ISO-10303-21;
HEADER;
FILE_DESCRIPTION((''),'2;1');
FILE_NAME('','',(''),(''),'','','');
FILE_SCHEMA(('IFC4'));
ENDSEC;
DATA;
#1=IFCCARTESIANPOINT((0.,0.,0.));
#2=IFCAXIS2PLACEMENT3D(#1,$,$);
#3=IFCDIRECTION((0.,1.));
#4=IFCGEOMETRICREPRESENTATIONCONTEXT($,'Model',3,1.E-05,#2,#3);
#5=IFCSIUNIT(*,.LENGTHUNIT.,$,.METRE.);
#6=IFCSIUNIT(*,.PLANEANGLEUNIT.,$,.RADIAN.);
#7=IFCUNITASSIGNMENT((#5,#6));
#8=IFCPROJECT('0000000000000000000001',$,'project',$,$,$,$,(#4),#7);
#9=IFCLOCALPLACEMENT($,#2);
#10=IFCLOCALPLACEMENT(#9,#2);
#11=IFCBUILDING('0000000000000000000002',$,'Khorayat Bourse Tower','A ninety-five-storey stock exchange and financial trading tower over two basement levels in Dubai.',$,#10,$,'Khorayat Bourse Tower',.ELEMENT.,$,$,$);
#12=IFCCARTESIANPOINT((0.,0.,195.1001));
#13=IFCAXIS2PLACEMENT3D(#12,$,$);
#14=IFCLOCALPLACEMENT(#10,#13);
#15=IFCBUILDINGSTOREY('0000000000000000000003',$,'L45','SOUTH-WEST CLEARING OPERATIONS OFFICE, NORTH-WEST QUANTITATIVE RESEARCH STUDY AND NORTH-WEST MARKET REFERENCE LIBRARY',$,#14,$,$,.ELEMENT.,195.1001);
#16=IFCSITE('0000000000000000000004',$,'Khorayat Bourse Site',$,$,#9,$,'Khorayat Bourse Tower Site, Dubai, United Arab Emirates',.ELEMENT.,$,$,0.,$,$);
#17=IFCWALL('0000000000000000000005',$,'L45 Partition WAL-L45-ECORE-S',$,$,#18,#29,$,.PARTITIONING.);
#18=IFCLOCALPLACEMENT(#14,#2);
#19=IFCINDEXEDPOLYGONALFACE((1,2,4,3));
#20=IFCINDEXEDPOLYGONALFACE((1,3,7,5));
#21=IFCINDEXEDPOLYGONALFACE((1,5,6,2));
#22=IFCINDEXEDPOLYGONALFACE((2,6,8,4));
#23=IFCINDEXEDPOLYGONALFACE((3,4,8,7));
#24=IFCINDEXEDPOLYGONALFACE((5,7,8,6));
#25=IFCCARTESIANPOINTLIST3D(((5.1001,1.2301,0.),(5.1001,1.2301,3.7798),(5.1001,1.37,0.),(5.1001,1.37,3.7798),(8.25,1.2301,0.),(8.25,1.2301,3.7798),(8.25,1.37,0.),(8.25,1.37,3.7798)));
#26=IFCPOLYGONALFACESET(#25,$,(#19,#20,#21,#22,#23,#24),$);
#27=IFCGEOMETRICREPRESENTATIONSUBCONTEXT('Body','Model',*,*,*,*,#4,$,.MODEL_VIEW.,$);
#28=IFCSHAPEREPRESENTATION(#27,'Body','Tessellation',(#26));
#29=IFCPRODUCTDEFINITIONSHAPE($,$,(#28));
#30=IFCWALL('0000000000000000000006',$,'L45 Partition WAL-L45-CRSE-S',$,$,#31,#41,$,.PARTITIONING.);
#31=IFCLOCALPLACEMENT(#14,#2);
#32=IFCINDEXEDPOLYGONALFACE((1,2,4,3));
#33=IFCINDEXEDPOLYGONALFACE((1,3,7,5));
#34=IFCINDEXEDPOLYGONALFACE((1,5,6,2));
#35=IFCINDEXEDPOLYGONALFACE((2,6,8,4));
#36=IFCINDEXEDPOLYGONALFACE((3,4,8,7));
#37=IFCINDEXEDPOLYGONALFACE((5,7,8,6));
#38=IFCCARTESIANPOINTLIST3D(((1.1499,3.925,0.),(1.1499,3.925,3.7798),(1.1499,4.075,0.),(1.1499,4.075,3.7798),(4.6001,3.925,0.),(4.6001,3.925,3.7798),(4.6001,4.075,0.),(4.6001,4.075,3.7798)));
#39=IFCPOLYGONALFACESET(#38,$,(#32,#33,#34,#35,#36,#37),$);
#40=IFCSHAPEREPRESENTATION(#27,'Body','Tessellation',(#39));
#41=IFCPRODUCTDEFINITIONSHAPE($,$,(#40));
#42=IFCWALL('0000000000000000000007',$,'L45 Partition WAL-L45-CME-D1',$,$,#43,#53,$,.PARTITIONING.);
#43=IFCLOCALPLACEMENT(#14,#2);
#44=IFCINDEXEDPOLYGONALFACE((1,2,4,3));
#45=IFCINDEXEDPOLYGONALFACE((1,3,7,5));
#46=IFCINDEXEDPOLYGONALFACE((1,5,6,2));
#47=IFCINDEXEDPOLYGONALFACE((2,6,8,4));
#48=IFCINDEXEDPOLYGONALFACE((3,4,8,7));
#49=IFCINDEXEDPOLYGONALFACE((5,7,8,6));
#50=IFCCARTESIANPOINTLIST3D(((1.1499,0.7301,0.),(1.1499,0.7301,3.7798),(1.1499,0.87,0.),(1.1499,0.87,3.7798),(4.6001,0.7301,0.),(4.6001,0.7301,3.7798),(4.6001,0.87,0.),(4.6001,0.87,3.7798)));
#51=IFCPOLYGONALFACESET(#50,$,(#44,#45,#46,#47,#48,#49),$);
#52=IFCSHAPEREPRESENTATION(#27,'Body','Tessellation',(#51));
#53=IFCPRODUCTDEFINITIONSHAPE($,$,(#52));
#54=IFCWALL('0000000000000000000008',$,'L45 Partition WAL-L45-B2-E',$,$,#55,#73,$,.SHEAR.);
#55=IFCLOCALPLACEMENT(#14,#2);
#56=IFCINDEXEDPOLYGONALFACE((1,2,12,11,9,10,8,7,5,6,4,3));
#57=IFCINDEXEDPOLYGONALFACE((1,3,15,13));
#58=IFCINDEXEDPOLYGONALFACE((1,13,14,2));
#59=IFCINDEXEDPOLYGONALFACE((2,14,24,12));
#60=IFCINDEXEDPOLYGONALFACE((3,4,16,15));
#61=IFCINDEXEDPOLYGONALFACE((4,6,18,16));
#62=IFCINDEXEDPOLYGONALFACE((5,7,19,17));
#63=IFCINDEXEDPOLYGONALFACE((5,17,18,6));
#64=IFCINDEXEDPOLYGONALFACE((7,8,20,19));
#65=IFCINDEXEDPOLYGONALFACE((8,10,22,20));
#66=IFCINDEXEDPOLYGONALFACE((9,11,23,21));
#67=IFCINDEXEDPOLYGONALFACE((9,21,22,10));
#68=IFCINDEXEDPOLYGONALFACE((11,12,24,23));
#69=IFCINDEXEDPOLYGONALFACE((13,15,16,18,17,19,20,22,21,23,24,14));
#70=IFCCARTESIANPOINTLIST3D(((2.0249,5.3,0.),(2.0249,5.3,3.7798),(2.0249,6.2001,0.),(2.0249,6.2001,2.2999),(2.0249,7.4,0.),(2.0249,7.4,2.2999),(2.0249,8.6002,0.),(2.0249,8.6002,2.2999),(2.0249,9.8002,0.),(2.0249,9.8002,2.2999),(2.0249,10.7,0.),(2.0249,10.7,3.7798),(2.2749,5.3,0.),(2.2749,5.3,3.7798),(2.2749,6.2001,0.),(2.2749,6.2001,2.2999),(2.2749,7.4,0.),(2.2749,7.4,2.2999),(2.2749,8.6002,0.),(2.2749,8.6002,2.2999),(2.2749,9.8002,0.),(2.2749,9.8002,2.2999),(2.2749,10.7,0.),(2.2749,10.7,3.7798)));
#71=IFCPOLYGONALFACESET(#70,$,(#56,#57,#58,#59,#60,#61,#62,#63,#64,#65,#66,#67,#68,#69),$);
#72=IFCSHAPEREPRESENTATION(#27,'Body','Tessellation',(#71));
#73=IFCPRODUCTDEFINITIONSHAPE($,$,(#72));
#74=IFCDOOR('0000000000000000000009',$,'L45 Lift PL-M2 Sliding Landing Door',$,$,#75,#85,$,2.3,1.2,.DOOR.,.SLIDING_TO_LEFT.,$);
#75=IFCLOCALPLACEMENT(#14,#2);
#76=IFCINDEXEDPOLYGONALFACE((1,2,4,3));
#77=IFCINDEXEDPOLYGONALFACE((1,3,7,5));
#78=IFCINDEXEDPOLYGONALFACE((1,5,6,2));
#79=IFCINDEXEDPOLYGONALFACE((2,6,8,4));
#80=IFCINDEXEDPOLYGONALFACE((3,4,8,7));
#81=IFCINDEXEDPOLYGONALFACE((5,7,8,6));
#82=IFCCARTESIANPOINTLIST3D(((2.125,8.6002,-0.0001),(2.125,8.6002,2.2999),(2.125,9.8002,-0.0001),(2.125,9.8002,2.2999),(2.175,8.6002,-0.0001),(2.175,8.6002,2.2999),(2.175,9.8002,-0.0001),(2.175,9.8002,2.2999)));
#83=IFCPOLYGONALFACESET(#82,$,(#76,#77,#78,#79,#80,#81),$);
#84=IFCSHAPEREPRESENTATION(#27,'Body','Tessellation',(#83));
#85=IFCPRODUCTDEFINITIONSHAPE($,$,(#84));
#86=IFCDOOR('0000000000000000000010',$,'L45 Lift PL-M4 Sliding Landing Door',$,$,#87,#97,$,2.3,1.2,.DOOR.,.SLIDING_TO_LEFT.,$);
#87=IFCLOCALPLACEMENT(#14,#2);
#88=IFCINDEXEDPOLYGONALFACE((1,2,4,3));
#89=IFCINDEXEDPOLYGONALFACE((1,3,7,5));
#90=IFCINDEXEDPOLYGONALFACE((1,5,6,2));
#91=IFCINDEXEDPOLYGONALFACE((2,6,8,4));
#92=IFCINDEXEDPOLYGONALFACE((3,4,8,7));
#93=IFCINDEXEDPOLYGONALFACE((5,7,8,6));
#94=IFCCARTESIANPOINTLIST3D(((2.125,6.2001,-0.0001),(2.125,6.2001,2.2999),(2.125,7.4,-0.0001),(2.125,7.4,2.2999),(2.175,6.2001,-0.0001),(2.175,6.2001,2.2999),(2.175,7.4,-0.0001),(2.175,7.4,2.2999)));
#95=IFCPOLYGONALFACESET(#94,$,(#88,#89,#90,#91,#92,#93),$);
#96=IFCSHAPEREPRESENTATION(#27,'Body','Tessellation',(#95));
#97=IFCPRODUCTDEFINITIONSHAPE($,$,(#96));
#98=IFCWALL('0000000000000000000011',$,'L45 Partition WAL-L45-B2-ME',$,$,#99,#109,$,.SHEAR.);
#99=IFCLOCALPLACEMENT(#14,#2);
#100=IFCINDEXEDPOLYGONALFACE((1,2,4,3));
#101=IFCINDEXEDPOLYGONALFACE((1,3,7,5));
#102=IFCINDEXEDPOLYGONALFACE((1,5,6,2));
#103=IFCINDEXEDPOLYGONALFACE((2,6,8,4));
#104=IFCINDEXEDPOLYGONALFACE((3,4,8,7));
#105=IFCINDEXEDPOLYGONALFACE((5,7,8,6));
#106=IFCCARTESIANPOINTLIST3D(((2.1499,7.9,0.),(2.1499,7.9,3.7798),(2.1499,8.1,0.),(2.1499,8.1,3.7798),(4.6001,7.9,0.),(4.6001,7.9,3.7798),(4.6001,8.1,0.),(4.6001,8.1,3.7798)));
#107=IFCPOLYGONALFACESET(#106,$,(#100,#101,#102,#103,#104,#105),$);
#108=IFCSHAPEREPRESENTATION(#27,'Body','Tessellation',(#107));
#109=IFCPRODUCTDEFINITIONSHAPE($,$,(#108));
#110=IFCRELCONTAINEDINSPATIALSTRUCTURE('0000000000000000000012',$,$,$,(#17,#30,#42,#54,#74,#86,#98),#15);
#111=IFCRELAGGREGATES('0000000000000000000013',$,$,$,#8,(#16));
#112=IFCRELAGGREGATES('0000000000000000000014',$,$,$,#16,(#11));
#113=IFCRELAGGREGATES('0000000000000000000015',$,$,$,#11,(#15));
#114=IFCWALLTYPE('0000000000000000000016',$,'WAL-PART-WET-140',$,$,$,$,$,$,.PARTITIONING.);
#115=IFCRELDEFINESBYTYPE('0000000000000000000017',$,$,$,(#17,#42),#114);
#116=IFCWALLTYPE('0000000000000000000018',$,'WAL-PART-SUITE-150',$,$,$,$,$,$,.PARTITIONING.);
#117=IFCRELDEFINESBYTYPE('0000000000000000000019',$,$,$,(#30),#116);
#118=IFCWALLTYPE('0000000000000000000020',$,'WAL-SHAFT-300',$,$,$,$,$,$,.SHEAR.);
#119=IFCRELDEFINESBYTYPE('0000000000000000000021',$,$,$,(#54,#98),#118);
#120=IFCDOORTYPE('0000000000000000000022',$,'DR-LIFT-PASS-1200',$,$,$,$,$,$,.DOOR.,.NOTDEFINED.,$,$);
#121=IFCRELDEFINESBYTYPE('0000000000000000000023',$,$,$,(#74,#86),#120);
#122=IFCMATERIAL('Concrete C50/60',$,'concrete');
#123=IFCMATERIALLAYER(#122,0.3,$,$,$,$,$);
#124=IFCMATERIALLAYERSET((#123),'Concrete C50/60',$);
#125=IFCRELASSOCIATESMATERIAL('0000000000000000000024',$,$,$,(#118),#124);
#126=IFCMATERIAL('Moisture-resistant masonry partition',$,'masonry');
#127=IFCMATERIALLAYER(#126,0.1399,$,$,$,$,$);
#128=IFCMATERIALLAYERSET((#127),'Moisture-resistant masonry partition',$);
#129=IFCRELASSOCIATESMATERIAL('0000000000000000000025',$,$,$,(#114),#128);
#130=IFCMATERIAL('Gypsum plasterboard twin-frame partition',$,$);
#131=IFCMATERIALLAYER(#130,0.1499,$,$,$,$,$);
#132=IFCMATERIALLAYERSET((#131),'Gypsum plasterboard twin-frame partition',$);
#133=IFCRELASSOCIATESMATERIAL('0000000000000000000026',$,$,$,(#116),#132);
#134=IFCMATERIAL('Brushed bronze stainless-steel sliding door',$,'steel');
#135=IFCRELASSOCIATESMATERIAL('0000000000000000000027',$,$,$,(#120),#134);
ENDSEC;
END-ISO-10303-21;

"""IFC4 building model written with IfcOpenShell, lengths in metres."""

from ifc_helpers import new_model, si_unit, direction, frame, frame_2d, origin, place, context, subcontext, project, spatial, rectangle, extrude, source, transform, mapped, material, layer, layer_set, type_object, element, fill, save


model = new_model("IFC4")

# Units and contexts
model_context = context("Model", 3, precision=1e-05, world=origin(), true_north=direction((0.0, 1.0)))
body_context = subcontext(model_context, "Body", "Model", "MODEL_VIEW")
ifc_project = project(units=[si_unit("LENGTHUNIT", "METRE"), si_unit("PLANEANGLEUNIT", "RADIAN")], contexts=[model_context])

# Site, building, storey
site_placement = place(None, origin())
site = spatial("IfcSite", under=ifc_project, at=site_placement, Name="Khorayat Bourse Site", LongName="Khorayat Bourse Tower Site, Dubai, United Arab Emirates", CompositionType="ELEMENT", RefElevation=0.0)
building_placement = place(site_placement, origin())
building = spatial("IfcBuilding", under=site, at=building_placement, Name="Khorayat Bourse Tower", Description="A ninety-five-storey stock exchange and financial trading tower over two basement levels in Dubai.", LongName="Khorayat Bourse Tower", CompositionType="ELEMENT")
storey_placement = place(building_placement, frame((0.0, 0.0, 195.1001)))
storey = spatial("IfcBuildingStorey", under=building, at=storey_placement, Name="L45", Description="SOUTH-WEST CLEARING OPERATIONS OFFICE, NORTH-WEST QUANTITATIVE RESEARCH STUDY AND NORTH-WEST MARKET REFERENCE LIBRARY", CompositionType="ELEMENT", Elevation=195.1001)

# Wall
ifc_material_1 = material(Name="Concrete C50/60", Category="concrete")
ifc_layer_1 = layer(ifc_material_1, 0.3)
ifc_layer_set_1 = layer_set([ifc_layer_1], Name="Concrete C50/60")
wall_type_1 = type_object("IfcWallType", Name="WAL-SHAFT-300", PredefinedType="SHEAR", material=ifc_layer_set_1)
ifc_material_2 = material(Name="Moisture-resistant masonry partition", Category="masonry")
ifc_layer_2 = layer(ifc_material_2, 0.1399)
ifc_layer_set_2 = layer_set([ifc_layer_2], Name="Moisture-resistant masonry partition")
wall_type_2 = type_object("IfcWallType", Name="WAL-PART-WET-140", PredefinedType="PARTITIONING", material=ifc_layer_set_2)
shared_shape_1 = source(origin(), body_context, "Body", "SweptSolid", [
    extrude(rectangle(XDim=3.1499, YDim=0.1399, at=frame_2d((1.575, 0.0))), origin(), (0.0, 0.0, 1.0), 3.7798),
])
wall_1_placement = place(storey_placement, frame((5.1001, 1.3, 0.0), z_axis=(0.0, 0.0, 1.0), x_axis=(1.0, 0.0, 0.0)))
element("IfcWall", 1, at=wall_1_placement, inside=storey, type_object=wall_type_2, Name="L45 Partition WAL-L45-ECORE-S", PredefinedType="PARTITIONING", context=body_context, shape_type="MappedRepresentation", body=[
    mapped(shared_shape_1, transform((0.0, 0.0, 0.0), scale=1.0)),
])

# Walls
ifc_material_3 = material(Name="Gypsum plasterboard twin-frame partition")
ifc_layer_3 = layer(ifc_material_3, 0.1499)
ifc_layer_set_3 = layer_set([ifc_layer_3], Name="Gypsum plasterboard twin-frame partition")
wall_type_3 = type_object("IfcWallType", Name="WAL-PART-SUITE-150", PredefinedType="PARTITIONING", material=ifc_layer_set_3)
shared_shape_2 = source(origin(), body_context, "Body", "SweptSolid", [
    extrude(rectangle(XDim=3.4502, YDim=0.1499, at=frame_2d((1.7251, 0.0))), origin(), (0.0, 0.0, 1.0), 3.7798),
])
wall_2_placement = place(storey_placement, frame((1.1499, 4.0, 0.0), z_axis=(0.0, 0.0, 1.0), x_axis=(1.0, 0.0, 0.0)))
element("IfcWall", 2, at=wall_2_placement, inside=storey, type_object=wall_type_3, Name="L45 Partition WAL-L45-CRSE-S", PredefinedType="PARTITIONING", context=body_context, shape_type="MappedRepresentation", body=[
    mapped(shared_shape_2, transform((0.0, 0.0, 0.0), scale=1.0)),
])
shared_shape_3 = source(origin(), body_context, "Body", "SweptSolid", [
    extrude(rectangle(XDim=3.4502, YDim=0.1399, at=frame_2d((1.7251, 0.0))), origin(), (0.0, 0.0, 1.0), 3.7798),
])
wall_3_placement = place(storey_placement, frame((1.1499, 0.8, 0.0), z_axis=(0.0, 0.0, 1.0), x_axis=(1.0, 0.0, 0.0)))
element("IfcWall", 3, at=wall_3_placement, inside=storey, type_object=wall_type_2, Name="L45 Partition WAL-L45-CME-D1", PredefinedType="PARTITIONING", context=body_context, shape_type="MappedRepresentation", body=[
    mapped(shared_shape_3, transform((0.0, 0.0, 0.0), scale=1.0)),
])

# Wall, openings, doors
shared_shape_4 = source(origin(), body_context, "Body", "SweptSolid", [
    extrude(rectangle(XDim=5.3999, YDim=0.25, at=frame_2d((2.7, 0.0))), origin(), (0.0, 0.0, 1.0), 3.7798),
])
wall_4_placement = place(storey_placement, frame((2.1499, 5.3, 0.0), z_axis=(0.0, 0.0, 1.0), x_axis=(0.0, 1.0, 0.0)))
wall_4 = element("IfcWall", 4, at=wall_4_placement, inside=storey, type_object=wall_type_1, Name="L45 Partition WAL-L45-B2-E", PredefinedType="SHEAR", context=body_context, shape_type="MappedRepresentation", body=[
    mapped(shared_shape_4, transform((0.0, 0.0, 0.0), scale=1.0)),
])
shared_shape_5 = source(origin(), body_context, "Body", "SweptSolid", [
    extrude(rectangle(XDim=1.2, YDim=2.3, at=frame_2d((0.6001, 1.1499))), frame((0.0, 0.135, 0.0), z_axis=(0.0, -1.0, 0.0), x_axis=(1.0, 0.0, 0.0)), (0.0, 0.0, 1.0), 0.27),
])
opening_1_placement = place(wall_4_placement, frame((3.3, 0.0, 0.0)))
opening_1 = element("IfcOpeningElement", 5, at=opening_1_placement, cuts=wall_4, PredefinedType="OPENING", context=body_context, shape_type="MappedRepresentation", body=[
    mapped(shared_shape_5, transform((0.0, 0.0, 0.0), scale=1.0)),
])
opening_2_placement = place(wall_4_placement, frame((0.8999, 0.0, 0.0)))
opening_2 = element("IfcOpeningElement", 6, at=opening_2_placement, cuts=wall_4, PredefinedType="OPENING", context=body_context, shape_type="MappedRepresentation", body=[
    mapped(shared_shape_5, transform((0.0, 0.0, 0.0), scale=1.0)),
])
ifc_material_4 = material(Name="Brushed bronze stainless-steel sliding door", Category="steel")
door_type_1 = type_object("IfcDoorType", Name="DR-LIFT-PASS-1200", OperationType="NOTDEFINED", PredefinedType="DOOR", material=ifc_material_4)
shared_shape_6 = source(origin(), body_context, "Body", "SweptSolid", [
    extrude(rectangle(XDim=1.2, YDim=2.3, at=frame_2d((0.6001, 1.1499))), frame((0.0, 0.0249, 0.0), z_axis=(0.0, -1.0, 0.0), x_axis=(1.0, 0.0, 0.0)), (0.0, 0.0, 1.0), 0.05),
])
door_1_placement = place(opening_1_placement, origin())
door_1 = element("IfcDoor", 7, at=door_1_placement, inside=storey, type_object=door_type_1, Name="L45 Lift PL-M2 Sliding Landing Door", OperationType="SLIDING_TO_LEFT", OverallHeight=2.3, OverallWidth=1.2, PredefinedType="DOOR", context=body_context, shape_type="MappedRepresentation", body=[
    mapped(shared_shape_6, transform((0.0, 0.0, 0.0), scale=1.0)),
])
fill(opening_1, door_1)
door_2_placement = place(opening_2_placement, origin())
door_2 = element("IfcDoor", 8, at=door_2_placement, inside=storey, type_object=door_type_1, Name="L45 Lift PL-M4 Sliding Landing Door", OperationType="SLIDING_TO_LEFT", OverallHeight=2.3, OverallWidth=1.2, PredefinedType="DOOR", context=body_context, shape_type="MappedRepresentation", body=[
    mapped(shared_shape_6, transform((0.0, 0.0, 0.0), scale=1.0)),
])
fill(opening_2, door_2)

# Wall
shared_shape_7 = source(origin(), body_context, "Body", "SweptSolid", [
    extrude(rectangle(XDim=2.4502, YDim=0.2, at=frame_2d((1.2251, 0.0))), origin(), (0.0, 0.0, 1.0), 3.7798),
])
wall_5_placement = place(storey_placement, frame((2.1499, 8.0, 0.0), z_axis=(0.0, 0.0, 1.0), x_axis=(1.0, 0.0, 0.0)))
element("IfcWall", 9, at=wall_5_placement, inside=storey, type_object=wall_type_1, Name="L45 Partition WAL-L45-B2-ME", PredefinedType="SHEAR", context=body_context, shape_type="MappedRepresentation", body=[
    mapped(shared_shape_7, transform((0.0, 0.0, 0.0), scale=1.0)),
])

save(model, "model.ifc")
